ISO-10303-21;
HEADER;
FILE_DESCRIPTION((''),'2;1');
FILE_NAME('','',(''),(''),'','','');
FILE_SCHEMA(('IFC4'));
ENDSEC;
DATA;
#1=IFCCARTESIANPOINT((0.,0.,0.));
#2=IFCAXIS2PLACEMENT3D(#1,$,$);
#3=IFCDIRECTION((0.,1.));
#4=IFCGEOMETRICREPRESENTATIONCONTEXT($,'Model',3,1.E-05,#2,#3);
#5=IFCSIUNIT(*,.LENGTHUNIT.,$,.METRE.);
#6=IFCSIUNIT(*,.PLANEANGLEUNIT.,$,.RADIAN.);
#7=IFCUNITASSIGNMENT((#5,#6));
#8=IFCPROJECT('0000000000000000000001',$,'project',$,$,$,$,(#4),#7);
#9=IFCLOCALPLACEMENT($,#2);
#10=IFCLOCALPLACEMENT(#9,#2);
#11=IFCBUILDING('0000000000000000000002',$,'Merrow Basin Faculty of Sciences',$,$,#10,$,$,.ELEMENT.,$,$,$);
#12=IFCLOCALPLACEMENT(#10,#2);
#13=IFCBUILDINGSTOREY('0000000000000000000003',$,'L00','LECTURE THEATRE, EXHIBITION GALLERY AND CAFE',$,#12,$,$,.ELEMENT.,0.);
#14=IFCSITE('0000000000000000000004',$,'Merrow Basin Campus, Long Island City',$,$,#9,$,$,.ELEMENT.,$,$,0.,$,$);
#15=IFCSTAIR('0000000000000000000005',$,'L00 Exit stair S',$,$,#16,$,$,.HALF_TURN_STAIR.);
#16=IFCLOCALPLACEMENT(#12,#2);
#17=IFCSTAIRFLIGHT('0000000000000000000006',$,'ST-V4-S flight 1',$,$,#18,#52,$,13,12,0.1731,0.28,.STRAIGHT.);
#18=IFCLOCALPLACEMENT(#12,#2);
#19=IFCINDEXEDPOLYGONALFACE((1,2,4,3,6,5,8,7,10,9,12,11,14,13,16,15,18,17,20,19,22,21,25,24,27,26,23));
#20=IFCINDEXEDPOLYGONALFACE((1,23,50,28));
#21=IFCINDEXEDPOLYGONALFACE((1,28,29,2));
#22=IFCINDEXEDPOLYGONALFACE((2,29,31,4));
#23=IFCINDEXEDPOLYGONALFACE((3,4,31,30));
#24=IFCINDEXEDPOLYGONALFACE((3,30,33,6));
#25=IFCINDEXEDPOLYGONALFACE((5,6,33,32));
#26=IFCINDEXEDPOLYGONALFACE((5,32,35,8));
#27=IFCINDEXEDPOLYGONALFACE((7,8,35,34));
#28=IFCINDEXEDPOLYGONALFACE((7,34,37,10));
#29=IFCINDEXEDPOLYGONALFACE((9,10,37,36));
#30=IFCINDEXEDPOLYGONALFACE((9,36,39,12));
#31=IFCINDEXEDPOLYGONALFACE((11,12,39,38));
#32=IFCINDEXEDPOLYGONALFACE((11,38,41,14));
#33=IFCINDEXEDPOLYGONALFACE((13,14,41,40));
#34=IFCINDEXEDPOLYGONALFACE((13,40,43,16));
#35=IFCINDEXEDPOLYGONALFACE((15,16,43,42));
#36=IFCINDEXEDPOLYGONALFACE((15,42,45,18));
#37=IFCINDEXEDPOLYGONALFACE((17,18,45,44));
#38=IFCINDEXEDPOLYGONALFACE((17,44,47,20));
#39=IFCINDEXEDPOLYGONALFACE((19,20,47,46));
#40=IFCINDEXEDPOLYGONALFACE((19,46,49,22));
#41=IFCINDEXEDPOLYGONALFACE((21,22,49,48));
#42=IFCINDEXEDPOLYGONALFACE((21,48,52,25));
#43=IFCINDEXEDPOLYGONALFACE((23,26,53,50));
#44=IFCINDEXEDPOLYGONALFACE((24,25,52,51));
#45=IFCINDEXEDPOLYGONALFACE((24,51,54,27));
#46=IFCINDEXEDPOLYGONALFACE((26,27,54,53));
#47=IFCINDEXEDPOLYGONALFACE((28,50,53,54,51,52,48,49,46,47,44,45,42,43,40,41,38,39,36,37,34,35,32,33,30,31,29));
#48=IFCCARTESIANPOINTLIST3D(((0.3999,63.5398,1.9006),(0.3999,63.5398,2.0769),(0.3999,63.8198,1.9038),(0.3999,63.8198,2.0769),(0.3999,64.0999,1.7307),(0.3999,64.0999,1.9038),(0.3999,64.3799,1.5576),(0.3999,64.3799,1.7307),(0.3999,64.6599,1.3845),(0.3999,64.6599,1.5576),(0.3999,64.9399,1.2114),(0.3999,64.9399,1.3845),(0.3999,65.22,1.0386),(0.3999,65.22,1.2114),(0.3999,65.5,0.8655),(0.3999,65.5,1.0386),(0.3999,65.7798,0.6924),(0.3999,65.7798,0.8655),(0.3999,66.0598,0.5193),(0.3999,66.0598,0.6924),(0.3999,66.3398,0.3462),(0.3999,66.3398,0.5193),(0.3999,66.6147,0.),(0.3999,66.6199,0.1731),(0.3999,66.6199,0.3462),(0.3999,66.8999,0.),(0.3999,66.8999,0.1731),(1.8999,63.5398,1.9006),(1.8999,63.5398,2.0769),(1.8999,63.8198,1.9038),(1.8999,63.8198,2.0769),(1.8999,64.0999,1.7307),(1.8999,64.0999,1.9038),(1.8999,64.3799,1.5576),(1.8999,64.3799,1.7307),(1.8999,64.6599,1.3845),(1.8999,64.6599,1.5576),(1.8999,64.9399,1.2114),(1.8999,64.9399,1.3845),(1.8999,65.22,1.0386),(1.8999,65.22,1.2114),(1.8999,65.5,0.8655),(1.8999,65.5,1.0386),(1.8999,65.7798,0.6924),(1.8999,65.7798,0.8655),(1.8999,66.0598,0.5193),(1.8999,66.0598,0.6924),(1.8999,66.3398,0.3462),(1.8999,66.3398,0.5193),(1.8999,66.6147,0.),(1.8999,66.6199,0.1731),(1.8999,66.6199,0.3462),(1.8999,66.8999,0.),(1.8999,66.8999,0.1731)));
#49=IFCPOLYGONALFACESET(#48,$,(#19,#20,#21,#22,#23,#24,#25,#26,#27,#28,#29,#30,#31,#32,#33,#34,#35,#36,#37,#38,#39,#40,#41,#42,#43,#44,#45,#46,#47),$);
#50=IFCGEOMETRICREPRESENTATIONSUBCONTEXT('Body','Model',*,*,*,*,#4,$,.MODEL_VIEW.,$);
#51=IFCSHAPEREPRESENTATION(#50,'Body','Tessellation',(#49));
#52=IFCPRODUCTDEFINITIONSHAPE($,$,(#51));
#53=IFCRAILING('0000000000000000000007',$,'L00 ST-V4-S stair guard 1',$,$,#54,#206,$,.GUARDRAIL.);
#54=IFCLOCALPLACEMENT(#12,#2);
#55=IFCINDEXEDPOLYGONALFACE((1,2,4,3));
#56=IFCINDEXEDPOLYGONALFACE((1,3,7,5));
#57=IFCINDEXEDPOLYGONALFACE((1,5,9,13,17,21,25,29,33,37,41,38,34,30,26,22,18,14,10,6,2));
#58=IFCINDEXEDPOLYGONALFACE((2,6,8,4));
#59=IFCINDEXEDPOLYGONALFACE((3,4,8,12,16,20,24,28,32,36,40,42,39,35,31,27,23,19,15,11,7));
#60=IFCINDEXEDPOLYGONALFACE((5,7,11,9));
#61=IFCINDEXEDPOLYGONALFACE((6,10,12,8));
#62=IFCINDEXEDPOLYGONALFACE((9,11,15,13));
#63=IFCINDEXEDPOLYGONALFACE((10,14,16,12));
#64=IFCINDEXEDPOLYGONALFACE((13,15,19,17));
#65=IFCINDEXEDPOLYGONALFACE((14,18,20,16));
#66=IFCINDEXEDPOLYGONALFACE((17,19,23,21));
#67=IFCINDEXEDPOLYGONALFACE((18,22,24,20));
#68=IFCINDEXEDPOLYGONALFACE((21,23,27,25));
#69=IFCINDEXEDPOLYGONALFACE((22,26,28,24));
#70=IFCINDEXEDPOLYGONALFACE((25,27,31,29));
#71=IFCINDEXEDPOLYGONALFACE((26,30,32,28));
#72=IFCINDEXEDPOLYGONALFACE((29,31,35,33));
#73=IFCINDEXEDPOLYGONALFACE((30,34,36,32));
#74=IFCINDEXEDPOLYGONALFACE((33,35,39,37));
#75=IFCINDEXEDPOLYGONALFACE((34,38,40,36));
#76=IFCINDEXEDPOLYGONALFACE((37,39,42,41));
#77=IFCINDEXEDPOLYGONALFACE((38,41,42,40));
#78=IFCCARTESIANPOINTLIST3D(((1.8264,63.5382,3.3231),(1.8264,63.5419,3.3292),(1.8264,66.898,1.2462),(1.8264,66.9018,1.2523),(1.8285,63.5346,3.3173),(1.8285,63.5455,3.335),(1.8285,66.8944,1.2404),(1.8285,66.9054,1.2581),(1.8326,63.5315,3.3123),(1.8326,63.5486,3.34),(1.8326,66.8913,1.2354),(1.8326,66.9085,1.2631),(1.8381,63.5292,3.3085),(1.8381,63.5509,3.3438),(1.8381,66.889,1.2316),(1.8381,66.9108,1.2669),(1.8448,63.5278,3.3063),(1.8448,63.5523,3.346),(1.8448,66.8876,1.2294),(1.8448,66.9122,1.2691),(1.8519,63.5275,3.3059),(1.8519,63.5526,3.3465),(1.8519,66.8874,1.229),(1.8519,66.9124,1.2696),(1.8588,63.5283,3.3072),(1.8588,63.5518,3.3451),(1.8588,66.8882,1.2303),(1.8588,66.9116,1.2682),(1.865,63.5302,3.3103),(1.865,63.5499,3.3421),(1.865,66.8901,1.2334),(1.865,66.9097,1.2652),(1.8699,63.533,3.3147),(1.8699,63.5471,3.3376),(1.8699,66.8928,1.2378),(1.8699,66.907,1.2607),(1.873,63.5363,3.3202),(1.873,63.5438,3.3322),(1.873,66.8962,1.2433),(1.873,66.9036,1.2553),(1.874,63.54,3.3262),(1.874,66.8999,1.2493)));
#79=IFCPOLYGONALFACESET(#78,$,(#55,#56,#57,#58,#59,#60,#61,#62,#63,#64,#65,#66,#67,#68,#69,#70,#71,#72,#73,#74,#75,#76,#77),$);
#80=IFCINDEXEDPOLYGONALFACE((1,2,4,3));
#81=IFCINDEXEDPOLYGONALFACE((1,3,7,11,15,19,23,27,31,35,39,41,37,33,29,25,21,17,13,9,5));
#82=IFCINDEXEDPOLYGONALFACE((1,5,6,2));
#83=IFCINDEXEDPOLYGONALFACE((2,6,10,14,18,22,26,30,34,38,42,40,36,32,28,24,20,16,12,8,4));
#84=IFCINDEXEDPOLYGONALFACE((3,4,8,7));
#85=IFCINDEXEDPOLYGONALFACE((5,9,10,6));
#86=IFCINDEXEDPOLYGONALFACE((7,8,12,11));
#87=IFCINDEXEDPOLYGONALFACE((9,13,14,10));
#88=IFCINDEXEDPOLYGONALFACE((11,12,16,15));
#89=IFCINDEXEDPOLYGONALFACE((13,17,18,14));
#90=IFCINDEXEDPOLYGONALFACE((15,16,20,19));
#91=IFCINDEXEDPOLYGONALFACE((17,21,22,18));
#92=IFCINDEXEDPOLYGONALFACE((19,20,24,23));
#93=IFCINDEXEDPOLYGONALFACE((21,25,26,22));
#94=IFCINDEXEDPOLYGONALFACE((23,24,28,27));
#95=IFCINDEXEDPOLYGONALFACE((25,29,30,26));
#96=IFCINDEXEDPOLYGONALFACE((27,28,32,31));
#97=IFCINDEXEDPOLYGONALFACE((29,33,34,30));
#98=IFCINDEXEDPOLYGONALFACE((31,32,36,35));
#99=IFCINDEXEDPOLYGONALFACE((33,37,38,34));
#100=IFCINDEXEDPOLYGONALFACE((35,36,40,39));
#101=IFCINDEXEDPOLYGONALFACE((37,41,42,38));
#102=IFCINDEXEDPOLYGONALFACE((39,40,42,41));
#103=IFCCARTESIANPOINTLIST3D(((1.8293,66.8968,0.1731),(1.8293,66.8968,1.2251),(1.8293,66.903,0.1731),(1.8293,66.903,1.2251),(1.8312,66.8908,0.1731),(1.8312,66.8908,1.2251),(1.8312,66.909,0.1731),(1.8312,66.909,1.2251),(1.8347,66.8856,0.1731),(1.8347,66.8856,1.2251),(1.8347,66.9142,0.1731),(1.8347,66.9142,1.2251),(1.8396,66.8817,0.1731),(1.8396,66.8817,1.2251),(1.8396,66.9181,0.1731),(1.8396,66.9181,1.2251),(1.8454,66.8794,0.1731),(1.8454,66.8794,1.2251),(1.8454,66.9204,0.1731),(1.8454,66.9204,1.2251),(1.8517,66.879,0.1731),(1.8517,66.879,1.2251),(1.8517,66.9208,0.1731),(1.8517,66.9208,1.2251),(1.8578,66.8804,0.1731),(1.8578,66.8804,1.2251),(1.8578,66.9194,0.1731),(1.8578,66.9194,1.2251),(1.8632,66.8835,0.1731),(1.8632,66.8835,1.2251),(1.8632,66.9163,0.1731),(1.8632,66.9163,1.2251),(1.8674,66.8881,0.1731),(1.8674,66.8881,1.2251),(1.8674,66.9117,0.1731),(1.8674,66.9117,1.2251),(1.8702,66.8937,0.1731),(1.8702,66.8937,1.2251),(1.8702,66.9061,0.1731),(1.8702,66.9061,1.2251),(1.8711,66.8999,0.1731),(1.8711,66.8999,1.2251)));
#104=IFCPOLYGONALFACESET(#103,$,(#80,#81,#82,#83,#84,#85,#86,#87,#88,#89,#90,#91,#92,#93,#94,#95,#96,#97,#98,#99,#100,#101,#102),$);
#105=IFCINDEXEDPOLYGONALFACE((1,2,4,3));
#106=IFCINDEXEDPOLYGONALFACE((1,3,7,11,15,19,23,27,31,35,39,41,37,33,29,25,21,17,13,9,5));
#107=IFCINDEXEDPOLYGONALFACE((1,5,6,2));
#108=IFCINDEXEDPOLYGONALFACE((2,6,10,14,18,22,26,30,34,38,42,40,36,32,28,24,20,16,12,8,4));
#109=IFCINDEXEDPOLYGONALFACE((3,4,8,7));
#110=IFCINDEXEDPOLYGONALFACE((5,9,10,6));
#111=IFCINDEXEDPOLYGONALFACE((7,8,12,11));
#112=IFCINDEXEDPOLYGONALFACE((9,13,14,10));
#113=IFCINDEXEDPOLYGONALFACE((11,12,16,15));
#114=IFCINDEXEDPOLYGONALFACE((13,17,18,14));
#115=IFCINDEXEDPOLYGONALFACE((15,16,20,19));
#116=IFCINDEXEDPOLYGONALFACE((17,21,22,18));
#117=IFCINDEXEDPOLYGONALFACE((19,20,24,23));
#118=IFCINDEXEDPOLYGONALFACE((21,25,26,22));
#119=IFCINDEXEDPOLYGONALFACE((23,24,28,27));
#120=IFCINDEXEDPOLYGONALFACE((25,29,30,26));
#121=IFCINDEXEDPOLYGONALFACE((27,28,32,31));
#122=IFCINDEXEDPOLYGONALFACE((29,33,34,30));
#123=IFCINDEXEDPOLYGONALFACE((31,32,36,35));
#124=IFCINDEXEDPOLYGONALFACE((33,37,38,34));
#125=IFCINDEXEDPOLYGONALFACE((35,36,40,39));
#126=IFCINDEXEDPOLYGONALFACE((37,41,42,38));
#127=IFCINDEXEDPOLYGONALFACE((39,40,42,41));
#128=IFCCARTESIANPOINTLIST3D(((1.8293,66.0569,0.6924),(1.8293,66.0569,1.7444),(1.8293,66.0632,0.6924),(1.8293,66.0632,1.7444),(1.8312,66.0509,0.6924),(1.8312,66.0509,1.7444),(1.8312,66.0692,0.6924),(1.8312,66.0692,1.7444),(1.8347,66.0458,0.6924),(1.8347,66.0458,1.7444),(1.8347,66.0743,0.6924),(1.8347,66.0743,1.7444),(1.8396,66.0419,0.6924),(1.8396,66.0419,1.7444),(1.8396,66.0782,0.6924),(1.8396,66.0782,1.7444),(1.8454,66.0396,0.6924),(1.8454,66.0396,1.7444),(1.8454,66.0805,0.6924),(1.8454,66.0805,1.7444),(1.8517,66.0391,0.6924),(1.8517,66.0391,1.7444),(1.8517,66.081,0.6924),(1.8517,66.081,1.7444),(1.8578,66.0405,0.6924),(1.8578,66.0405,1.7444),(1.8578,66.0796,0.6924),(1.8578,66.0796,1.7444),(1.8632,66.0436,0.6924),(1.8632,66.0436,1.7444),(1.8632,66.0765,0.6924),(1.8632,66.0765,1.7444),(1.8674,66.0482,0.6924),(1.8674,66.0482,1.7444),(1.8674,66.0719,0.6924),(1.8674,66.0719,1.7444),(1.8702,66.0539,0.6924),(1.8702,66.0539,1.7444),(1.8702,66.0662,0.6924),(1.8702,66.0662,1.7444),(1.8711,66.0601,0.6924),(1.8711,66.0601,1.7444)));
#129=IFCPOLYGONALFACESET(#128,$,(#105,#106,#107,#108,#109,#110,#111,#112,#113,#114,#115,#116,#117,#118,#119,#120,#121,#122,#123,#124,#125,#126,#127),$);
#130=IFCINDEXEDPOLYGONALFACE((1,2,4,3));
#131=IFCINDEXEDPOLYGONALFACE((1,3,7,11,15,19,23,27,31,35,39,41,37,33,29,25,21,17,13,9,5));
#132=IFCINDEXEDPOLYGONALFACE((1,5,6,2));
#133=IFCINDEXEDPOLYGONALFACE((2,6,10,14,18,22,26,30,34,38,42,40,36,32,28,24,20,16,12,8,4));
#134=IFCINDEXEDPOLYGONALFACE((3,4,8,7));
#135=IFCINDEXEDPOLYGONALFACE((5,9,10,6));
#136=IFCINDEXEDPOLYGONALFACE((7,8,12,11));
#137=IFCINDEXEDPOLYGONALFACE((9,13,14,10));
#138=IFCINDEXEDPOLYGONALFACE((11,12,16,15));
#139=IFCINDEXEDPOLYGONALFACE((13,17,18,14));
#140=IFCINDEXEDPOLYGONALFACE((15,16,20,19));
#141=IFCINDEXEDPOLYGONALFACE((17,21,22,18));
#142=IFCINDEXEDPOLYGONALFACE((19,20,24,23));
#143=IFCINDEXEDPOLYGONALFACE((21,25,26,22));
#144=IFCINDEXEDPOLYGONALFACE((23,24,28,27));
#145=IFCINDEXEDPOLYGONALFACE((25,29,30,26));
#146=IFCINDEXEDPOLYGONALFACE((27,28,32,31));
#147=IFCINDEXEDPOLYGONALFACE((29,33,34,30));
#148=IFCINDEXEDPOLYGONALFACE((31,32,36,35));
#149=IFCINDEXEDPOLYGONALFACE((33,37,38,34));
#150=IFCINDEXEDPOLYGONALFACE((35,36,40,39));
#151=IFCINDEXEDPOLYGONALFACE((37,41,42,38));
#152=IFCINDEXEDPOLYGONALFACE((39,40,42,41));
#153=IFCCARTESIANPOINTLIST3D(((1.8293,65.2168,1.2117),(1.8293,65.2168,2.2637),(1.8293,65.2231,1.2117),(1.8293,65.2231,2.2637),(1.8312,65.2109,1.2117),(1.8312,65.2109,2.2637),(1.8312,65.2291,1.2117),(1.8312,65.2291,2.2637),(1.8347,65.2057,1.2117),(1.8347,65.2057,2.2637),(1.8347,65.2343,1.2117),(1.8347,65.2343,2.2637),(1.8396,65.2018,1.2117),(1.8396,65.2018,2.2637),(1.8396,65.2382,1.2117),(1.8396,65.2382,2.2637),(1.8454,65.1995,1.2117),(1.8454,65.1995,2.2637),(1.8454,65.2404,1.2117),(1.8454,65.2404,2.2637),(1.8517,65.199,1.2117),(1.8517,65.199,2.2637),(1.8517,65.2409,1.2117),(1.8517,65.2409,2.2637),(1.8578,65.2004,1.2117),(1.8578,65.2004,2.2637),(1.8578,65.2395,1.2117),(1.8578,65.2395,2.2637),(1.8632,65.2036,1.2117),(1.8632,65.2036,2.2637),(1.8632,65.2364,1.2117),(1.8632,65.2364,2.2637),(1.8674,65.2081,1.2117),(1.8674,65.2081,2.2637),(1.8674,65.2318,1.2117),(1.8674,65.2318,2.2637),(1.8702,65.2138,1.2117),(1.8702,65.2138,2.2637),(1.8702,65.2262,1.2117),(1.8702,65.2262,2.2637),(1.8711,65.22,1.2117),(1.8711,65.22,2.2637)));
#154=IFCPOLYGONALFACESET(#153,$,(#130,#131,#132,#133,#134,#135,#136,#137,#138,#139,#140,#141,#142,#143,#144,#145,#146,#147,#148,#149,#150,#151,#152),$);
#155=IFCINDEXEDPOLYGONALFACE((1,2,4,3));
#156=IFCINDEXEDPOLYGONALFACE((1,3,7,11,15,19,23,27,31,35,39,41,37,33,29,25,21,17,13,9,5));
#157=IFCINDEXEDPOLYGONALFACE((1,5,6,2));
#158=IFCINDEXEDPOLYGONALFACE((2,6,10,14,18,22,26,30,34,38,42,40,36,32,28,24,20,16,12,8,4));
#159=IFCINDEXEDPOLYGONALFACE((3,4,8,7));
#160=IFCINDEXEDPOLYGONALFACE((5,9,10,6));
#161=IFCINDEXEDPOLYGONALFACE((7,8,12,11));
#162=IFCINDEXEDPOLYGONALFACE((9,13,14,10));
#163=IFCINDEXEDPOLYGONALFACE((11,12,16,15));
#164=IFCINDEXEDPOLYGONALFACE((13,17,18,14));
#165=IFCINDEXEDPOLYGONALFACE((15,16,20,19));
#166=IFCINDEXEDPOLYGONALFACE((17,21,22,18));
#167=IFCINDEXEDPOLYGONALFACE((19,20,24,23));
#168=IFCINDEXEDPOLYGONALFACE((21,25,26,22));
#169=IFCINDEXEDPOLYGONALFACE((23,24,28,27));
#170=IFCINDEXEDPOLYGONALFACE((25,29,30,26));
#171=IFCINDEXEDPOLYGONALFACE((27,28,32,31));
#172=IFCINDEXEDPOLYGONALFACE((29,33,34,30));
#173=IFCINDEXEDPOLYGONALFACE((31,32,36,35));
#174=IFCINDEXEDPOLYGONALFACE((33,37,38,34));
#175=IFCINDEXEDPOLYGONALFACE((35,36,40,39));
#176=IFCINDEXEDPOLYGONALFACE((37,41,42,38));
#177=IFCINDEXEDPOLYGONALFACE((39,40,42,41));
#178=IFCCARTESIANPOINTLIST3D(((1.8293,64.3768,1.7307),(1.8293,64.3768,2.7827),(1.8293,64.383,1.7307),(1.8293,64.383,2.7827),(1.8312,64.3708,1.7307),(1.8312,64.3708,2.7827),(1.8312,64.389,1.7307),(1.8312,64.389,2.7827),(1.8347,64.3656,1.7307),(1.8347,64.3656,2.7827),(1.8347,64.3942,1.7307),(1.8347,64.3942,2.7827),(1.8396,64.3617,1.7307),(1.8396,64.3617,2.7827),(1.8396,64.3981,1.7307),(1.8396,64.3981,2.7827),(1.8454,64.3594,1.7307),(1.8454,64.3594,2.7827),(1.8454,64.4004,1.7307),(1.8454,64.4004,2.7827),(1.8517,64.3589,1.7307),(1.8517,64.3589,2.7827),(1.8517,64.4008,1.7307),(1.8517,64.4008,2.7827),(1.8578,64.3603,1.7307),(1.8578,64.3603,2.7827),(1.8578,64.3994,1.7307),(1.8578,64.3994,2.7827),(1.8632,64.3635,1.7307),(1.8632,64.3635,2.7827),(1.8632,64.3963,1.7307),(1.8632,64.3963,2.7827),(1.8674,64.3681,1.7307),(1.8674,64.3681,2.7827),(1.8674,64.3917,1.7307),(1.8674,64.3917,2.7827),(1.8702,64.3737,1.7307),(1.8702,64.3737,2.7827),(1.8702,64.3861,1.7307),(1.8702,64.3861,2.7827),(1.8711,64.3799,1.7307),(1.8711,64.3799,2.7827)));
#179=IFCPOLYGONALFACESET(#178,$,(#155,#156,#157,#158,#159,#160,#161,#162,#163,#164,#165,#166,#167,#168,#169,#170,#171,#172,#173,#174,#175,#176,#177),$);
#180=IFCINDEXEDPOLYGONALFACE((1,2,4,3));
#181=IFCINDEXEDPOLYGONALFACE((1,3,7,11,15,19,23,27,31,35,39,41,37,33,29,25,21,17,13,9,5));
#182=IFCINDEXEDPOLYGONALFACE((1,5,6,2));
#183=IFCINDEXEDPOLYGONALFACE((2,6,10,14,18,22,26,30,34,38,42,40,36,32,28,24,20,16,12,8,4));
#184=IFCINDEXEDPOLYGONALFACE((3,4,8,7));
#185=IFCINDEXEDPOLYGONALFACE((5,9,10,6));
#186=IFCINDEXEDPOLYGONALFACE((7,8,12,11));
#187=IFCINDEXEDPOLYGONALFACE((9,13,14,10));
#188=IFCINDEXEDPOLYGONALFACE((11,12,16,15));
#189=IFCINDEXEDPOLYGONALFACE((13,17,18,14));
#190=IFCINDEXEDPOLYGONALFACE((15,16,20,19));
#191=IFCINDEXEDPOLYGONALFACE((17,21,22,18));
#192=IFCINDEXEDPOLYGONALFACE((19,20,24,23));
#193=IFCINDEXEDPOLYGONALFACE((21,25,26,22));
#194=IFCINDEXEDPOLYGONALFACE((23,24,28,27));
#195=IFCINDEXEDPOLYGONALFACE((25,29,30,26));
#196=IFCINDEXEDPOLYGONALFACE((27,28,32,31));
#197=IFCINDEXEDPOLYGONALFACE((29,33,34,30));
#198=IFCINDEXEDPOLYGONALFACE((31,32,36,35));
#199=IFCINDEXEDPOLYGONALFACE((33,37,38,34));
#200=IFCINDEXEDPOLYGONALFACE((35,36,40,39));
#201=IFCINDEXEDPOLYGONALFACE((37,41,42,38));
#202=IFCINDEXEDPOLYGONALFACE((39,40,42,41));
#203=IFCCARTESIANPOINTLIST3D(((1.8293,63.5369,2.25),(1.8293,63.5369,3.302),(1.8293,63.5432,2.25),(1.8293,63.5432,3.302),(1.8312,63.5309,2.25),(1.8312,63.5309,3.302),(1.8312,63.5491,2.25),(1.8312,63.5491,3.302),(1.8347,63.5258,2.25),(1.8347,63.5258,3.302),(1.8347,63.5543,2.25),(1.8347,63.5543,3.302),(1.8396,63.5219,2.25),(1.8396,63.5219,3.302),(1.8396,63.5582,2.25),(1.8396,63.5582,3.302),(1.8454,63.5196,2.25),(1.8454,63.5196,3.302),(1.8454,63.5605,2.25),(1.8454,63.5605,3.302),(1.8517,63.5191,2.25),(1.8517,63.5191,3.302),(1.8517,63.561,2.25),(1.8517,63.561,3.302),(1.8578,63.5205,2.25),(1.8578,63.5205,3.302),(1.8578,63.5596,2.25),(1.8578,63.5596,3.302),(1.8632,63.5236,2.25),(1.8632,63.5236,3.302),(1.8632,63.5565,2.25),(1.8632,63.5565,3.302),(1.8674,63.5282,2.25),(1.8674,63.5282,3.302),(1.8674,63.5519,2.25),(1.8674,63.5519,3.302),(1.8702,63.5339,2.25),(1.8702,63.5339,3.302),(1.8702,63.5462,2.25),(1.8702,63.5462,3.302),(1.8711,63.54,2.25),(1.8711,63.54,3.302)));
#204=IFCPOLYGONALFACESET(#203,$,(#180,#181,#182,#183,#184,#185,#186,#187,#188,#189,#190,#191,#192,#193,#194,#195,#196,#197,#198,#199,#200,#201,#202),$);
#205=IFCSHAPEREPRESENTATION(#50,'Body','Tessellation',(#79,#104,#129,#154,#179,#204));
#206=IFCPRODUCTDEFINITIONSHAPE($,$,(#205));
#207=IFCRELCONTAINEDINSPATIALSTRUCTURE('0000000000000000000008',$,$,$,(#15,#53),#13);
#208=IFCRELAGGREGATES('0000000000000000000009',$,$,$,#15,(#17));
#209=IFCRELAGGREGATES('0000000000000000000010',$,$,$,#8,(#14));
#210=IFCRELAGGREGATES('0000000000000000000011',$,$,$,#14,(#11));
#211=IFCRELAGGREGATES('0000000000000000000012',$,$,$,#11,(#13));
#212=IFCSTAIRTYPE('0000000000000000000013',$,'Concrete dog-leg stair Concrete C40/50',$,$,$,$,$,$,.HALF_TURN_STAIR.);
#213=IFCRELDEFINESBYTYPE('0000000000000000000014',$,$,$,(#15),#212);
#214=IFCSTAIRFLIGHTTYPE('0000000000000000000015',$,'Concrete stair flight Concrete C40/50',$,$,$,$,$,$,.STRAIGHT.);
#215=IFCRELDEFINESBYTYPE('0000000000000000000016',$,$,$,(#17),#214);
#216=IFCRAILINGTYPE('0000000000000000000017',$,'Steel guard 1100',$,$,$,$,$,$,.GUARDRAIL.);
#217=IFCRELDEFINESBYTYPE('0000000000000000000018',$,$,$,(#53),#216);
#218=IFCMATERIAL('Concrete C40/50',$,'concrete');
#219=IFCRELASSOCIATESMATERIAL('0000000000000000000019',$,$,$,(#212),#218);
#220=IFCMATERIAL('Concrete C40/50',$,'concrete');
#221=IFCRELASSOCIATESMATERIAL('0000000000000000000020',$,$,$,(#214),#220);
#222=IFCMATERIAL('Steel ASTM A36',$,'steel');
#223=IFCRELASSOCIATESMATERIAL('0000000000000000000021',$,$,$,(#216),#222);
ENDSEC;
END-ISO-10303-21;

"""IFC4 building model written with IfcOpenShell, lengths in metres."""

from ifc_helpers import new_model, si_unit, direction, frame, origin, origin_2d, place, context, subcontext, project, spatial, polyline, circle, outline, extrude, material, type_object, element, aggregate, save


model = new_model("IFC4")

# Units and contexts
model_context = context("Model", 3, precision=1e-05, world=origin(), true_north=direction((0.0, 1.0)))
body_context = subcontext(model_context, "Body", "Model", "MODEL_VIEW")
ifc_project = project(units=[si_unit("LENGTHUNIT", "METRE"), si_unit("PLANEANGLEUNIT", "RADIAN")], contexts=[model_context])

# Site, building, storey
site_placement = place(None, origin())
site = spatial("IfcSite", under=ifc_project, at=site_placement, Name="Merrow Basin Campus, Long Island City", CompositionType="ELEMENT", RefElevation=0.0)
building_placement = place(site_placement, origin())
building = spatial("IfcBuilding", under=site, at=building_placement, Name="Merrow Basin Faculty of Sciences", CompositionType="ELEMENT")
storey_placement = place(building_placement, origin())
storey = spatial("IfcBuildingStorey", under=building, at=storey_placement, Name="L00", Description="LECTURE THEATRE, EXHIBITION GALLERY AND CAFE", CompositionType="ELEMENT", Elevation=0.0)

# Stair, stair flight
ifc_material_1 = material(Name="Concrete C40/50", Category="concrete")
stair_type = type_object("IfcStairType", Name="Concrete dog-leg stair Concrete C40/50", PredefinedType="HALF_TURN_STAIR", material=ifc_material_1)
stair_placement = place(storey_placement, origin())
stair = element("IfcStair", 1, at=stair_placement, inside=storey, type_object=stair_type, Name="L00 Exit stair S", PredefinedType="HALF_TURN_STAIR")
ifc_material_2 = material(Name="Concrete C40/50", Category="concrete")
stair_flight_type = type_object("IfcStairFlightType", Name="Concrete stair flight Concrete C40/50", PredefinedType="STRAIGHT", material=ifc_material_2)
stair_flight_placement = place(storey_placement, frame((1.1499, 66.8999, 0.0), z_axis=(0.0, 0.0, 1.0), x_axis=(0.0, -1.0, 0.0)))
stair_flight = element("IfcStairFlight", 2, at=stair_flight_placement, type_object=stair_flight_type, Name="ST-V4-S flight 1", NumberOfRisers=13, NumberOfTreads=12, PredefinedType="STRAIGHT", RiserHeight=0.1731, TreadLength=0.28, context=body_context, shape_type="SweptSolid", body=[
    extrude(outline(polyline([(0.0, 0.0), (0.0, 0.1731), (0.28, 0.1731), (0.28, 0.3462), (0.5601, 0.3462), (0.5601, 0.5193), (0.8401, 0.5193), (0.8401, 0.6924), (1.1201, 0.6924), (1.1201, 0.8655), (1.3999, 0.8655), (1.3999, 1.0386), (1.6799, 1.0386), (1.6799, 1.2114), (1.96, 1.2114), (1.96, 1.3845), (2.24, 1.3845), (2.24, 1.5576), (2.52, 1.5576), (2.52, 1.7307), (2.8, 1.7307), (2.8, 1.9038), (3.0801, 1.9038), (3.0801, 2.0769), (3.3601, 2.0769), (3.3601, 2.25), (3.3601, 1.9006), (0.2852, 0.0), (0.0, 0.0)])), frame((0.0, 0.75, 0.0), z_axis=(0.0, -1.0, 0.0), x_axis=(1.0, 0.0, 0.0)), (0.0, 0.0, 1.0), 1.5),
])
aggregate(stair, [stair_flight])

# Railing
ifc_material_3 = material(Name="Steel ASTM A36", Category="steel")
railing_type_1 = type_object("IfcRailingType", Name="Steel guard 1100", PredefinedType="GUARDRAIL", material=ifc_material_3)
railing_1_placement = place(storey_placement, frame((1.8501, 66.8999, 0.1731)))
element("IfcRailing", 3, at=railing_1_placement, inside=storey, type_object=railing_type_1, Name="L00 ST-V4-S stair guard 1", PredefinedType="GUARDRAIL", context=body_context, shape_type="SweptSolid", body=[
    extrude(circle(Radius=0.0239, at=origin_2d()), frame((0.0, 0.0, 1.0762), z_axis=(0.0, -0.850606, 0.525803), x_axis=(1.0, 0.0, 0.0)), (0.0, 0.0, 1.0), 3.95),
    extrude(circle(Radius=0.021, at=origin_2d()), origin(), (0.0, 0.0, 1.0), 1.052),
    extrude(circle(Radius=0.021, at=origin_2d()), frame((0.0, -0.8398, 0.5193)), (0.0, 0.0, 1.0), 1.052),
    extrude(circle(Radius=0.021, at=origin_2d()), frame((0.0, -1.6799, 1.0386)), (0.0, 0.0, 1.0), 1.052),
    extrude(circle(Radius=0.021, at=origin_2d()), frame((0.0, -2.52, 1.5576)), (0.0, 0.0, 1.0), 1.052),
    extrude(circle(Radius=0.021, at=origin_2d()), frame((0.0, -3.3599, 2.0769)), (0.0, 0.0, 1.0), 1.052),
])

save(model, "model.ifc")
